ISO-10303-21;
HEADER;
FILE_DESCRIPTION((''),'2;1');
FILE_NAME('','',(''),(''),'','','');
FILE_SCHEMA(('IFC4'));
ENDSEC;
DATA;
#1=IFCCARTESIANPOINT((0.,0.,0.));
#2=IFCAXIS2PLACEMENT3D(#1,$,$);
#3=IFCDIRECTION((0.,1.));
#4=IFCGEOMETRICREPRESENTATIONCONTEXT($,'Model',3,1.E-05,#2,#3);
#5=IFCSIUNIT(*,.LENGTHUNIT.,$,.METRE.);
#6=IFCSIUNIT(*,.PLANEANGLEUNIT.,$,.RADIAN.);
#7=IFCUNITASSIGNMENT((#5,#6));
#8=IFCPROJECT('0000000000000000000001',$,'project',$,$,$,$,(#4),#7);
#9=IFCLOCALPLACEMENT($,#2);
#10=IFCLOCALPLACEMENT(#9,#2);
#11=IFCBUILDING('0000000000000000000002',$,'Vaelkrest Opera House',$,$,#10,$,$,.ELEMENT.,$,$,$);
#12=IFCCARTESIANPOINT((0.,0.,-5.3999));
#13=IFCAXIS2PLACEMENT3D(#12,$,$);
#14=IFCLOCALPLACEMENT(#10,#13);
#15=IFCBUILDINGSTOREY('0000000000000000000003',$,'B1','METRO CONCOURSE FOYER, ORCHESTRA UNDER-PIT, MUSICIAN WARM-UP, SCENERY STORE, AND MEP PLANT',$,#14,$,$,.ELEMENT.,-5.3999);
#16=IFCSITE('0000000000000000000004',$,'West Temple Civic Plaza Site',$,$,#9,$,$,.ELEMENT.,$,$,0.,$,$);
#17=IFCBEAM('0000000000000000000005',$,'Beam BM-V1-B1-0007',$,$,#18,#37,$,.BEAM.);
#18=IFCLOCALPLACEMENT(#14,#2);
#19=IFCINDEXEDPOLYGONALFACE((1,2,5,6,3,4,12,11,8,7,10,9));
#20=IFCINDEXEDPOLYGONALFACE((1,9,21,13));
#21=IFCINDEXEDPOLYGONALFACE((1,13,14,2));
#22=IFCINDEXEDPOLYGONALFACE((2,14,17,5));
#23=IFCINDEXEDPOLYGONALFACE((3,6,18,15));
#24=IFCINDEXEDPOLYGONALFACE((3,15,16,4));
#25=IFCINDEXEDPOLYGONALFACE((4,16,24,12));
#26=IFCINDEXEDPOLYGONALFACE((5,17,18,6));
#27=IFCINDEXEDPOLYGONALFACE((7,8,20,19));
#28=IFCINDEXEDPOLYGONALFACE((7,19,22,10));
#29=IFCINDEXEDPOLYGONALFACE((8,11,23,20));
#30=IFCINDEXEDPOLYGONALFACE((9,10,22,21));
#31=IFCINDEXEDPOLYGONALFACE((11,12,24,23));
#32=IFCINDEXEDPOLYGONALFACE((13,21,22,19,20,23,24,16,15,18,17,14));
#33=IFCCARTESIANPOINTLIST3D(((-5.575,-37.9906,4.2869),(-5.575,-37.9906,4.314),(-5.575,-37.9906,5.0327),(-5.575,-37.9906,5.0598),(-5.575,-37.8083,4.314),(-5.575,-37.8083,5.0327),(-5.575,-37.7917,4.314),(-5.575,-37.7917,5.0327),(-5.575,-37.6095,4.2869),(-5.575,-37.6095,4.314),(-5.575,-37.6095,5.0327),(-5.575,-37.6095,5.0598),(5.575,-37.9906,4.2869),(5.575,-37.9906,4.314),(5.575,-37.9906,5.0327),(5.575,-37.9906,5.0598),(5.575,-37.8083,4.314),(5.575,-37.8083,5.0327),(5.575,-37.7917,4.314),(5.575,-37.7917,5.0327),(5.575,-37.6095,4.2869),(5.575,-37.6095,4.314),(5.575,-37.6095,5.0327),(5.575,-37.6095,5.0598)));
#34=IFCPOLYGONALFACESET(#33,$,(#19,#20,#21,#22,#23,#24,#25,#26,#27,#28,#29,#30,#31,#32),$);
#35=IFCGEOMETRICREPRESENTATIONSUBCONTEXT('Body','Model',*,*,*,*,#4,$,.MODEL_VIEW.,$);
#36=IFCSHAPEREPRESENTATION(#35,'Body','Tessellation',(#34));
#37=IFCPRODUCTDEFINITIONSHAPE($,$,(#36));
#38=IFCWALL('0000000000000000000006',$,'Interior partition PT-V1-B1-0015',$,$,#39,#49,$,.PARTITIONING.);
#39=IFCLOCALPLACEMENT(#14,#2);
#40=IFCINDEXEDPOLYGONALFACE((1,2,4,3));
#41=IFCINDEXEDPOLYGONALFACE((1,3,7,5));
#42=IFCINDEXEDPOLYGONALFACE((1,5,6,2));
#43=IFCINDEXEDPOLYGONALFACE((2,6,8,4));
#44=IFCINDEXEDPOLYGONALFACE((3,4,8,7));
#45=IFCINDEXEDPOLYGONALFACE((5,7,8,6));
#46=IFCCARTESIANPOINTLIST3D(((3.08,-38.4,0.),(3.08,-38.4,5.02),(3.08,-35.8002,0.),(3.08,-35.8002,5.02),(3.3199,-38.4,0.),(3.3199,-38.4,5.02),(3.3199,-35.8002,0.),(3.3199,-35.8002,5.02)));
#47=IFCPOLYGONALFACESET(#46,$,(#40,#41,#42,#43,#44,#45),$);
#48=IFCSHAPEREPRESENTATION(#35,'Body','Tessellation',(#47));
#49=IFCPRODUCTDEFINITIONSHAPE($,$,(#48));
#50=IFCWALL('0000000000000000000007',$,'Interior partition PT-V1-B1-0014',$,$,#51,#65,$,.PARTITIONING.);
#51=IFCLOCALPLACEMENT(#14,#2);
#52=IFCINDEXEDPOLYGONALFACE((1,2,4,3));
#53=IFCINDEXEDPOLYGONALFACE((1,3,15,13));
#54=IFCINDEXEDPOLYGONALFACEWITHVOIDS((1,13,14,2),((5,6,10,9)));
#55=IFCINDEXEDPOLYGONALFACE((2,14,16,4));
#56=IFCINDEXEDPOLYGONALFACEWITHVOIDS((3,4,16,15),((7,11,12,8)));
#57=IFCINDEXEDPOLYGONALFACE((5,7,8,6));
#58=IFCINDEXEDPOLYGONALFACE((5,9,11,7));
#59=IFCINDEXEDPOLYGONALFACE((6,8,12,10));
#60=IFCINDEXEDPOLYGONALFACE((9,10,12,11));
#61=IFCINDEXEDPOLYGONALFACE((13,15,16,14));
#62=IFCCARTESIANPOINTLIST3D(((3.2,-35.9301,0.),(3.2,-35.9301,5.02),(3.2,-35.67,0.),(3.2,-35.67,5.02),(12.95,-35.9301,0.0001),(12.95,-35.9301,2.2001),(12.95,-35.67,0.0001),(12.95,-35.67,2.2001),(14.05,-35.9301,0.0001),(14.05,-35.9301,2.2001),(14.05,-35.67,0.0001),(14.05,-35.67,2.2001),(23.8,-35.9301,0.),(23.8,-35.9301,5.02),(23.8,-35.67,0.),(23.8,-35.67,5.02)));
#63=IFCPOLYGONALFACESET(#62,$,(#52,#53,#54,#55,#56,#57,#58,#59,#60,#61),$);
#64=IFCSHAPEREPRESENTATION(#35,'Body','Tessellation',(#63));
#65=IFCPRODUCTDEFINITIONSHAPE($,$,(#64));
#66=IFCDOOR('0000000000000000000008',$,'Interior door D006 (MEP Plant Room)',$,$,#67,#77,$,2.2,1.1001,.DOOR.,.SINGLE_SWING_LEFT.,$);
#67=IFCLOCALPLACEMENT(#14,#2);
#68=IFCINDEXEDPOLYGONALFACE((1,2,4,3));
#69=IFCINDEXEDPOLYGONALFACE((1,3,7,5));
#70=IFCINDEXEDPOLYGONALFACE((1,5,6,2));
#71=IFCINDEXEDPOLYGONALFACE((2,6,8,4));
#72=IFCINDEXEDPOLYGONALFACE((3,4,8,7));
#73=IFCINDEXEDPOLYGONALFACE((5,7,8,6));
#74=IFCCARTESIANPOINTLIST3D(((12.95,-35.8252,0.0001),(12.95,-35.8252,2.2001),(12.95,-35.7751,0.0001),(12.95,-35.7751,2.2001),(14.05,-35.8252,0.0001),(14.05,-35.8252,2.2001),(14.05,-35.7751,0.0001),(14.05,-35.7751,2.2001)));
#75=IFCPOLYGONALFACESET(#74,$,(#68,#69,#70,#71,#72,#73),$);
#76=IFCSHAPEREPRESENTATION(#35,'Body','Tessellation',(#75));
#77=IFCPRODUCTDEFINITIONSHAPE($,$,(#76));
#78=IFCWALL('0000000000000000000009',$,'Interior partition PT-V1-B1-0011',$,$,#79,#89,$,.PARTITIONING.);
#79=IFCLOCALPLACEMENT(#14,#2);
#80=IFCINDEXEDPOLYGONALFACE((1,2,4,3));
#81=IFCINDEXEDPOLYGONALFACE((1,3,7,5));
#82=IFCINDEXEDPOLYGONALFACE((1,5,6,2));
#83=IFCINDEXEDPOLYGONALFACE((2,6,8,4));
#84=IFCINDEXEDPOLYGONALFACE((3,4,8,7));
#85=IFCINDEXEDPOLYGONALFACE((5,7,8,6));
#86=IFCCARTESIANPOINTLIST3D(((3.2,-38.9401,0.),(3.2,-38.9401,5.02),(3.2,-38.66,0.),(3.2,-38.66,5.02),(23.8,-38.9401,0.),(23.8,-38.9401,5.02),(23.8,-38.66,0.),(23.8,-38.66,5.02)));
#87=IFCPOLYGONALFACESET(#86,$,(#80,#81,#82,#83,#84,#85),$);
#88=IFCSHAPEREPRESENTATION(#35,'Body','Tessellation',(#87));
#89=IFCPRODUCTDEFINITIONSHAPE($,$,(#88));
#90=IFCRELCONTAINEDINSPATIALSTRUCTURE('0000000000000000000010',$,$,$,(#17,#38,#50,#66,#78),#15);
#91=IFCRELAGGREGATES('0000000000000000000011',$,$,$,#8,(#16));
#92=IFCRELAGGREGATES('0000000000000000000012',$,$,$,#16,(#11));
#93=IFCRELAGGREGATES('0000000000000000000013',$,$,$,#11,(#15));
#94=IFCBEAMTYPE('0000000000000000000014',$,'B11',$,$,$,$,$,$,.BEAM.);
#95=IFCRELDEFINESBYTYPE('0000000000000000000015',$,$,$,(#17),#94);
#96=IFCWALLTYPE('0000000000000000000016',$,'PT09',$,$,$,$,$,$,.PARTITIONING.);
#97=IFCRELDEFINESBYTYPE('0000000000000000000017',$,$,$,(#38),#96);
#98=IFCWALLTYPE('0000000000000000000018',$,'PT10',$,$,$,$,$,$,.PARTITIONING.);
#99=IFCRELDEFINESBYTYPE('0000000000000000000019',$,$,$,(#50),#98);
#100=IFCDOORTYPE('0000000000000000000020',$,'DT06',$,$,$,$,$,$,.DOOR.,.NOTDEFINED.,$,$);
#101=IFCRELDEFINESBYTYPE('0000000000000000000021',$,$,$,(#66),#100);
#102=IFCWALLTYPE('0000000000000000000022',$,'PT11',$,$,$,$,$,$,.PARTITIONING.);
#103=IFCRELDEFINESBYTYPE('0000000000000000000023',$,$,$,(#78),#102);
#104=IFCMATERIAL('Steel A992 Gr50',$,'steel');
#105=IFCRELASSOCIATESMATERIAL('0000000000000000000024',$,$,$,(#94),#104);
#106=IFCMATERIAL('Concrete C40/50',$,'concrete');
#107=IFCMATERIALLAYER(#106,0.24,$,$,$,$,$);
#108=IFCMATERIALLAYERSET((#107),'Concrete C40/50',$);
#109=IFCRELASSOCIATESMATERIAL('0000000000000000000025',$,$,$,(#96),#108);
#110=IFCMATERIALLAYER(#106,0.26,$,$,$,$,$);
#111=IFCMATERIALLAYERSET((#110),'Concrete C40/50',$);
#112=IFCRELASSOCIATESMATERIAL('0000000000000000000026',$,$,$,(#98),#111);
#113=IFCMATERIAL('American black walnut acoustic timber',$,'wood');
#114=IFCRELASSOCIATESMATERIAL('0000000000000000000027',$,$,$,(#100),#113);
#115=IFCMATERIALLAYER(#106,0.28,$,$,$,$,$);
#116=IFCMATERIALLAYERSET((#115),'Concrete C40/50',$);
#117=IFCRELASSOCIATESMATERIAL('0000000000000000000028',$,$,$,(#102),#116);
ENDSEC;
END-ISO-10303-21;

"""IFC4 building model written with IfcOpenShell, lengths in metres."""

from ifc_helpers import new_model, si_unit, direction, frame, frame_2d, origin, origin_2d, place, context, subcontext, project, spatial, rectangle, i_section, extrude, material, layer, layer_set, material_profile, profile_set, type_object, element, fill, save


model = new_model("IFC4")

# Units and contexts
model_context = context("Model", 3, precision=1e-05, world=origin(), true_north=direction((0.0, 1.0)))
body_context = subcontext(model_context, "Body", "Model", "MODEL_VIEW")
ifc_project = project(units=[si_unit("LENGTHUNIT", "METRE"), si_unit("PLANEANGLEUNIT", "RADIAN")], contexts=[model_context])

# Site, building, storey
site_placement = place(None, origin())
site = spatial("IfcSite", under=ifc_project, at=site_placement, Name="West Temple Civic Plaza Site", CompositionType="ELEMENT", RefElevation=0.0)
building_placement = place(site_placement, origin())
building = spatial("IfcBuilding", under=site, at=building_placement, Name="Vaelkrest Opera House", CompositionType="ELEMENT")
storey_placement = place(building_placement, frame((0.0, 0.0, -5.3999)))
storey = spatial("IfcBuildingStorey", under=building, at=storey_placement, Name="B1", Description="METRO CONCOURSE FOYER, ORCHESTRA UNDER-PIT, MUSICIAN WARM-UP, SCENERY STORE, AND MEP PLANT", CompositionType="ELEMENT", Elevation=-5.3999)

# Shared definitions
ifc_material_1 = material(Name="Concrete C40/50", Category="concrete")

# Beam
ifc_material_2 = material(Name="Steel A992 Gr50", Category="steel")
ifc_material_profile_1 = material_profile(ifc_material_2, i_section(OverallWidth=0.3811, OverallDepth=0.7729, WebThickness=0.0166, FlangeThickness=0.0271, at=origin_2d()), Name="W30X173")
ifc_profile_set_1 = profile_set([ifc_material_profile_1], Name="Steel A992 Gr50")
beam_type_1 = type_object("IfcBeamType", Name="B11", PredefinedType="BEAM", material=ifc_profile_set_1)
beam_1_placement = place(storey_placement, frame((-5.575, -37.8, 4.6733), z_axis=(1.0, 0.0, 0.0), x_axis=(0.0, 1.0, 0.0)))
element("IfcBeam", 1, at=beam_1_placement, inside=storey, type_object=beam_type_1, Name="Beam BM-V1-B1-0007", PredefinedType="BEAM", context=body_context, shape_type="SweptSolid", body=[
    extrude(i_section(OverallWidth=0.3811, OverallDepth=0.7729, WebThickness=0.0166, FlangeThickness=0.0271, at=origin_2d()), origin(), (0.0, 0.0, 1.0), 11.1499),
])

# Wall
ifc_layer_1 = layer(ifc_material_1, 0.24)
ifc_layer_set_1 = layer_set([ifc_layer_1], Name="Concrete C40/50")
wall_type_1 = type_object("IfcWallType", Name="PT09", PredefinedType="PARTITIONING", material=ifc_layer_set_1)
wall_1_placement = place(storey_placement, frame((3.2, -38.3999, 0.0), z_axis=(0.0, 0.0, 1.0), x_axis=(0.0, 1.0, 0.0)))
element("IfcWall", 2, at=wall_1_placement, inside=storey, type_object=wall_type_1, Name="Interior partition PT-V1-B1-0015", PredefinedType="PARTITIONING", context=body_context, shape_type="SweptSolid", body=[
    extrude(rectangle(XDim=2.5999, YDim=0.24, at=frame_2d((1.2998, 0.0))), origin(), (0.0, 0.0, 1.0), 5.02),
])

# Wall, opening, door
ifc_layer_2 = layer(ifc_material_1, 0.26)
ifc_layer_set_2 = layer_set([ifc_layer_2], Name="Concrete C40/50")
wall_type_2 = type_object("IfcWallType", Name="PT10", PredefinedType="PARTITIONING", material=ifc_layer_set_2)
wall_2_placement = place(storey_placement, frame((3.2, -35.8, 0.0), z_axis=(0.0, 0.0, 1.0), x_axis=(1.0, 0.0, 0.0)))
wall_2 = element("IfcWall", 3, at=wall_2_placement, inside=storey, type_object=wall_type_2, Name="Interior partition PT-V1-B1-0014", PredefinedType="PARTITIONING", context=body_context, shape_type="SweptSolid", body=[
    extrude(rectangle(XDim=20.6001, YDim=0.26, at=frame_2d((10.3, 0.0))), origin(), (0.0, 0.0, 1.0), 5.02),
])
opening_placement = place(wall_2_placement, frame((9.75, 0.0, 0.0)))
opening = element("IfcOpeningElement", 4, at=opening_placement, cuts=wall_2, PredefinedType="OPENING", context=body_context, shape_type="SweptSolid", body=[
    extrude(rectangle(XDim=1.1001, YDim=2.2, at=frame_2d((0.55, 1.1001))), frame((0.0, 0.1399, 0.0), z_axis=(0.0, -1.0, 0.0), x_axis=(1.0, 0.0, 0.0)), (0.0, 0.0, 1.0), 0.28),
])
ifc_material_3 = material(Name="American black walnut acoustic timber", Category="wood")
door_type = type_object("IfcDoorType", Name="DT06", OperationType="NOTDEFINED", PredefinedType="DOOR", material=ifc_material_3)
door_placement = place(opening_placement, origin())
door = element("IfcDoor", 5, at=door_placement, inside=storey, type_object=door_type, Name="Interior door D006 (MEP Plant Room)", OperationType="SINGLE_SWING_LEFT", OverallHeight=2.2, OverallWidth=1.1001, PredefinedType="DOOR", context=body_context, shape_type="SweptSolid", body=[
    extrude(rectangle(XDim=1.1001, YDim=2.2, at=frame_2d((0.55, 1.1001))), frame((0.0, 0.0249, 0.0), z_axis=(0.0, -1.0, 0.0), x_axis=(1.0, 0.0, 0.0)), (0.0, 0.0, 1.0), 0.05),
])
fill(opening, door)

# Wall
ifc_layer_3 = layer(ifc_material_1, 0.28)
ifc_layer_set_3 = layer_set([ifc_layer_3], Name="Concrete C40/50")
wall_type_3 = type_object("IfcWallType", Name="PT11", PredefinedType="PARTITIONING", material=ifc_layer_set_3)
wall_3_placement = place(storey_placement, frame((3.2, -38.8, 0.0), z_axis=(0.0, 0.0, 1.0), x_axis=(1.0, 0.0, 0.0)))
element("IfcWall", 6, at=wall_3_placement, inside=storey, type_object=wall_type_3, Name="Interior partition PT-V1-B1-0011", PredefinedType="PARTITIONING", context=body_context, shape_type="SweptSolid", body=[
    extrude(rectangle(XDim=20.6001, YDim=0.28, at=frame_2d((10.3, 0.0))), origin(), (0.0, 0.0, 1.0), 5.02),
])

save(model, "model.ifc")
